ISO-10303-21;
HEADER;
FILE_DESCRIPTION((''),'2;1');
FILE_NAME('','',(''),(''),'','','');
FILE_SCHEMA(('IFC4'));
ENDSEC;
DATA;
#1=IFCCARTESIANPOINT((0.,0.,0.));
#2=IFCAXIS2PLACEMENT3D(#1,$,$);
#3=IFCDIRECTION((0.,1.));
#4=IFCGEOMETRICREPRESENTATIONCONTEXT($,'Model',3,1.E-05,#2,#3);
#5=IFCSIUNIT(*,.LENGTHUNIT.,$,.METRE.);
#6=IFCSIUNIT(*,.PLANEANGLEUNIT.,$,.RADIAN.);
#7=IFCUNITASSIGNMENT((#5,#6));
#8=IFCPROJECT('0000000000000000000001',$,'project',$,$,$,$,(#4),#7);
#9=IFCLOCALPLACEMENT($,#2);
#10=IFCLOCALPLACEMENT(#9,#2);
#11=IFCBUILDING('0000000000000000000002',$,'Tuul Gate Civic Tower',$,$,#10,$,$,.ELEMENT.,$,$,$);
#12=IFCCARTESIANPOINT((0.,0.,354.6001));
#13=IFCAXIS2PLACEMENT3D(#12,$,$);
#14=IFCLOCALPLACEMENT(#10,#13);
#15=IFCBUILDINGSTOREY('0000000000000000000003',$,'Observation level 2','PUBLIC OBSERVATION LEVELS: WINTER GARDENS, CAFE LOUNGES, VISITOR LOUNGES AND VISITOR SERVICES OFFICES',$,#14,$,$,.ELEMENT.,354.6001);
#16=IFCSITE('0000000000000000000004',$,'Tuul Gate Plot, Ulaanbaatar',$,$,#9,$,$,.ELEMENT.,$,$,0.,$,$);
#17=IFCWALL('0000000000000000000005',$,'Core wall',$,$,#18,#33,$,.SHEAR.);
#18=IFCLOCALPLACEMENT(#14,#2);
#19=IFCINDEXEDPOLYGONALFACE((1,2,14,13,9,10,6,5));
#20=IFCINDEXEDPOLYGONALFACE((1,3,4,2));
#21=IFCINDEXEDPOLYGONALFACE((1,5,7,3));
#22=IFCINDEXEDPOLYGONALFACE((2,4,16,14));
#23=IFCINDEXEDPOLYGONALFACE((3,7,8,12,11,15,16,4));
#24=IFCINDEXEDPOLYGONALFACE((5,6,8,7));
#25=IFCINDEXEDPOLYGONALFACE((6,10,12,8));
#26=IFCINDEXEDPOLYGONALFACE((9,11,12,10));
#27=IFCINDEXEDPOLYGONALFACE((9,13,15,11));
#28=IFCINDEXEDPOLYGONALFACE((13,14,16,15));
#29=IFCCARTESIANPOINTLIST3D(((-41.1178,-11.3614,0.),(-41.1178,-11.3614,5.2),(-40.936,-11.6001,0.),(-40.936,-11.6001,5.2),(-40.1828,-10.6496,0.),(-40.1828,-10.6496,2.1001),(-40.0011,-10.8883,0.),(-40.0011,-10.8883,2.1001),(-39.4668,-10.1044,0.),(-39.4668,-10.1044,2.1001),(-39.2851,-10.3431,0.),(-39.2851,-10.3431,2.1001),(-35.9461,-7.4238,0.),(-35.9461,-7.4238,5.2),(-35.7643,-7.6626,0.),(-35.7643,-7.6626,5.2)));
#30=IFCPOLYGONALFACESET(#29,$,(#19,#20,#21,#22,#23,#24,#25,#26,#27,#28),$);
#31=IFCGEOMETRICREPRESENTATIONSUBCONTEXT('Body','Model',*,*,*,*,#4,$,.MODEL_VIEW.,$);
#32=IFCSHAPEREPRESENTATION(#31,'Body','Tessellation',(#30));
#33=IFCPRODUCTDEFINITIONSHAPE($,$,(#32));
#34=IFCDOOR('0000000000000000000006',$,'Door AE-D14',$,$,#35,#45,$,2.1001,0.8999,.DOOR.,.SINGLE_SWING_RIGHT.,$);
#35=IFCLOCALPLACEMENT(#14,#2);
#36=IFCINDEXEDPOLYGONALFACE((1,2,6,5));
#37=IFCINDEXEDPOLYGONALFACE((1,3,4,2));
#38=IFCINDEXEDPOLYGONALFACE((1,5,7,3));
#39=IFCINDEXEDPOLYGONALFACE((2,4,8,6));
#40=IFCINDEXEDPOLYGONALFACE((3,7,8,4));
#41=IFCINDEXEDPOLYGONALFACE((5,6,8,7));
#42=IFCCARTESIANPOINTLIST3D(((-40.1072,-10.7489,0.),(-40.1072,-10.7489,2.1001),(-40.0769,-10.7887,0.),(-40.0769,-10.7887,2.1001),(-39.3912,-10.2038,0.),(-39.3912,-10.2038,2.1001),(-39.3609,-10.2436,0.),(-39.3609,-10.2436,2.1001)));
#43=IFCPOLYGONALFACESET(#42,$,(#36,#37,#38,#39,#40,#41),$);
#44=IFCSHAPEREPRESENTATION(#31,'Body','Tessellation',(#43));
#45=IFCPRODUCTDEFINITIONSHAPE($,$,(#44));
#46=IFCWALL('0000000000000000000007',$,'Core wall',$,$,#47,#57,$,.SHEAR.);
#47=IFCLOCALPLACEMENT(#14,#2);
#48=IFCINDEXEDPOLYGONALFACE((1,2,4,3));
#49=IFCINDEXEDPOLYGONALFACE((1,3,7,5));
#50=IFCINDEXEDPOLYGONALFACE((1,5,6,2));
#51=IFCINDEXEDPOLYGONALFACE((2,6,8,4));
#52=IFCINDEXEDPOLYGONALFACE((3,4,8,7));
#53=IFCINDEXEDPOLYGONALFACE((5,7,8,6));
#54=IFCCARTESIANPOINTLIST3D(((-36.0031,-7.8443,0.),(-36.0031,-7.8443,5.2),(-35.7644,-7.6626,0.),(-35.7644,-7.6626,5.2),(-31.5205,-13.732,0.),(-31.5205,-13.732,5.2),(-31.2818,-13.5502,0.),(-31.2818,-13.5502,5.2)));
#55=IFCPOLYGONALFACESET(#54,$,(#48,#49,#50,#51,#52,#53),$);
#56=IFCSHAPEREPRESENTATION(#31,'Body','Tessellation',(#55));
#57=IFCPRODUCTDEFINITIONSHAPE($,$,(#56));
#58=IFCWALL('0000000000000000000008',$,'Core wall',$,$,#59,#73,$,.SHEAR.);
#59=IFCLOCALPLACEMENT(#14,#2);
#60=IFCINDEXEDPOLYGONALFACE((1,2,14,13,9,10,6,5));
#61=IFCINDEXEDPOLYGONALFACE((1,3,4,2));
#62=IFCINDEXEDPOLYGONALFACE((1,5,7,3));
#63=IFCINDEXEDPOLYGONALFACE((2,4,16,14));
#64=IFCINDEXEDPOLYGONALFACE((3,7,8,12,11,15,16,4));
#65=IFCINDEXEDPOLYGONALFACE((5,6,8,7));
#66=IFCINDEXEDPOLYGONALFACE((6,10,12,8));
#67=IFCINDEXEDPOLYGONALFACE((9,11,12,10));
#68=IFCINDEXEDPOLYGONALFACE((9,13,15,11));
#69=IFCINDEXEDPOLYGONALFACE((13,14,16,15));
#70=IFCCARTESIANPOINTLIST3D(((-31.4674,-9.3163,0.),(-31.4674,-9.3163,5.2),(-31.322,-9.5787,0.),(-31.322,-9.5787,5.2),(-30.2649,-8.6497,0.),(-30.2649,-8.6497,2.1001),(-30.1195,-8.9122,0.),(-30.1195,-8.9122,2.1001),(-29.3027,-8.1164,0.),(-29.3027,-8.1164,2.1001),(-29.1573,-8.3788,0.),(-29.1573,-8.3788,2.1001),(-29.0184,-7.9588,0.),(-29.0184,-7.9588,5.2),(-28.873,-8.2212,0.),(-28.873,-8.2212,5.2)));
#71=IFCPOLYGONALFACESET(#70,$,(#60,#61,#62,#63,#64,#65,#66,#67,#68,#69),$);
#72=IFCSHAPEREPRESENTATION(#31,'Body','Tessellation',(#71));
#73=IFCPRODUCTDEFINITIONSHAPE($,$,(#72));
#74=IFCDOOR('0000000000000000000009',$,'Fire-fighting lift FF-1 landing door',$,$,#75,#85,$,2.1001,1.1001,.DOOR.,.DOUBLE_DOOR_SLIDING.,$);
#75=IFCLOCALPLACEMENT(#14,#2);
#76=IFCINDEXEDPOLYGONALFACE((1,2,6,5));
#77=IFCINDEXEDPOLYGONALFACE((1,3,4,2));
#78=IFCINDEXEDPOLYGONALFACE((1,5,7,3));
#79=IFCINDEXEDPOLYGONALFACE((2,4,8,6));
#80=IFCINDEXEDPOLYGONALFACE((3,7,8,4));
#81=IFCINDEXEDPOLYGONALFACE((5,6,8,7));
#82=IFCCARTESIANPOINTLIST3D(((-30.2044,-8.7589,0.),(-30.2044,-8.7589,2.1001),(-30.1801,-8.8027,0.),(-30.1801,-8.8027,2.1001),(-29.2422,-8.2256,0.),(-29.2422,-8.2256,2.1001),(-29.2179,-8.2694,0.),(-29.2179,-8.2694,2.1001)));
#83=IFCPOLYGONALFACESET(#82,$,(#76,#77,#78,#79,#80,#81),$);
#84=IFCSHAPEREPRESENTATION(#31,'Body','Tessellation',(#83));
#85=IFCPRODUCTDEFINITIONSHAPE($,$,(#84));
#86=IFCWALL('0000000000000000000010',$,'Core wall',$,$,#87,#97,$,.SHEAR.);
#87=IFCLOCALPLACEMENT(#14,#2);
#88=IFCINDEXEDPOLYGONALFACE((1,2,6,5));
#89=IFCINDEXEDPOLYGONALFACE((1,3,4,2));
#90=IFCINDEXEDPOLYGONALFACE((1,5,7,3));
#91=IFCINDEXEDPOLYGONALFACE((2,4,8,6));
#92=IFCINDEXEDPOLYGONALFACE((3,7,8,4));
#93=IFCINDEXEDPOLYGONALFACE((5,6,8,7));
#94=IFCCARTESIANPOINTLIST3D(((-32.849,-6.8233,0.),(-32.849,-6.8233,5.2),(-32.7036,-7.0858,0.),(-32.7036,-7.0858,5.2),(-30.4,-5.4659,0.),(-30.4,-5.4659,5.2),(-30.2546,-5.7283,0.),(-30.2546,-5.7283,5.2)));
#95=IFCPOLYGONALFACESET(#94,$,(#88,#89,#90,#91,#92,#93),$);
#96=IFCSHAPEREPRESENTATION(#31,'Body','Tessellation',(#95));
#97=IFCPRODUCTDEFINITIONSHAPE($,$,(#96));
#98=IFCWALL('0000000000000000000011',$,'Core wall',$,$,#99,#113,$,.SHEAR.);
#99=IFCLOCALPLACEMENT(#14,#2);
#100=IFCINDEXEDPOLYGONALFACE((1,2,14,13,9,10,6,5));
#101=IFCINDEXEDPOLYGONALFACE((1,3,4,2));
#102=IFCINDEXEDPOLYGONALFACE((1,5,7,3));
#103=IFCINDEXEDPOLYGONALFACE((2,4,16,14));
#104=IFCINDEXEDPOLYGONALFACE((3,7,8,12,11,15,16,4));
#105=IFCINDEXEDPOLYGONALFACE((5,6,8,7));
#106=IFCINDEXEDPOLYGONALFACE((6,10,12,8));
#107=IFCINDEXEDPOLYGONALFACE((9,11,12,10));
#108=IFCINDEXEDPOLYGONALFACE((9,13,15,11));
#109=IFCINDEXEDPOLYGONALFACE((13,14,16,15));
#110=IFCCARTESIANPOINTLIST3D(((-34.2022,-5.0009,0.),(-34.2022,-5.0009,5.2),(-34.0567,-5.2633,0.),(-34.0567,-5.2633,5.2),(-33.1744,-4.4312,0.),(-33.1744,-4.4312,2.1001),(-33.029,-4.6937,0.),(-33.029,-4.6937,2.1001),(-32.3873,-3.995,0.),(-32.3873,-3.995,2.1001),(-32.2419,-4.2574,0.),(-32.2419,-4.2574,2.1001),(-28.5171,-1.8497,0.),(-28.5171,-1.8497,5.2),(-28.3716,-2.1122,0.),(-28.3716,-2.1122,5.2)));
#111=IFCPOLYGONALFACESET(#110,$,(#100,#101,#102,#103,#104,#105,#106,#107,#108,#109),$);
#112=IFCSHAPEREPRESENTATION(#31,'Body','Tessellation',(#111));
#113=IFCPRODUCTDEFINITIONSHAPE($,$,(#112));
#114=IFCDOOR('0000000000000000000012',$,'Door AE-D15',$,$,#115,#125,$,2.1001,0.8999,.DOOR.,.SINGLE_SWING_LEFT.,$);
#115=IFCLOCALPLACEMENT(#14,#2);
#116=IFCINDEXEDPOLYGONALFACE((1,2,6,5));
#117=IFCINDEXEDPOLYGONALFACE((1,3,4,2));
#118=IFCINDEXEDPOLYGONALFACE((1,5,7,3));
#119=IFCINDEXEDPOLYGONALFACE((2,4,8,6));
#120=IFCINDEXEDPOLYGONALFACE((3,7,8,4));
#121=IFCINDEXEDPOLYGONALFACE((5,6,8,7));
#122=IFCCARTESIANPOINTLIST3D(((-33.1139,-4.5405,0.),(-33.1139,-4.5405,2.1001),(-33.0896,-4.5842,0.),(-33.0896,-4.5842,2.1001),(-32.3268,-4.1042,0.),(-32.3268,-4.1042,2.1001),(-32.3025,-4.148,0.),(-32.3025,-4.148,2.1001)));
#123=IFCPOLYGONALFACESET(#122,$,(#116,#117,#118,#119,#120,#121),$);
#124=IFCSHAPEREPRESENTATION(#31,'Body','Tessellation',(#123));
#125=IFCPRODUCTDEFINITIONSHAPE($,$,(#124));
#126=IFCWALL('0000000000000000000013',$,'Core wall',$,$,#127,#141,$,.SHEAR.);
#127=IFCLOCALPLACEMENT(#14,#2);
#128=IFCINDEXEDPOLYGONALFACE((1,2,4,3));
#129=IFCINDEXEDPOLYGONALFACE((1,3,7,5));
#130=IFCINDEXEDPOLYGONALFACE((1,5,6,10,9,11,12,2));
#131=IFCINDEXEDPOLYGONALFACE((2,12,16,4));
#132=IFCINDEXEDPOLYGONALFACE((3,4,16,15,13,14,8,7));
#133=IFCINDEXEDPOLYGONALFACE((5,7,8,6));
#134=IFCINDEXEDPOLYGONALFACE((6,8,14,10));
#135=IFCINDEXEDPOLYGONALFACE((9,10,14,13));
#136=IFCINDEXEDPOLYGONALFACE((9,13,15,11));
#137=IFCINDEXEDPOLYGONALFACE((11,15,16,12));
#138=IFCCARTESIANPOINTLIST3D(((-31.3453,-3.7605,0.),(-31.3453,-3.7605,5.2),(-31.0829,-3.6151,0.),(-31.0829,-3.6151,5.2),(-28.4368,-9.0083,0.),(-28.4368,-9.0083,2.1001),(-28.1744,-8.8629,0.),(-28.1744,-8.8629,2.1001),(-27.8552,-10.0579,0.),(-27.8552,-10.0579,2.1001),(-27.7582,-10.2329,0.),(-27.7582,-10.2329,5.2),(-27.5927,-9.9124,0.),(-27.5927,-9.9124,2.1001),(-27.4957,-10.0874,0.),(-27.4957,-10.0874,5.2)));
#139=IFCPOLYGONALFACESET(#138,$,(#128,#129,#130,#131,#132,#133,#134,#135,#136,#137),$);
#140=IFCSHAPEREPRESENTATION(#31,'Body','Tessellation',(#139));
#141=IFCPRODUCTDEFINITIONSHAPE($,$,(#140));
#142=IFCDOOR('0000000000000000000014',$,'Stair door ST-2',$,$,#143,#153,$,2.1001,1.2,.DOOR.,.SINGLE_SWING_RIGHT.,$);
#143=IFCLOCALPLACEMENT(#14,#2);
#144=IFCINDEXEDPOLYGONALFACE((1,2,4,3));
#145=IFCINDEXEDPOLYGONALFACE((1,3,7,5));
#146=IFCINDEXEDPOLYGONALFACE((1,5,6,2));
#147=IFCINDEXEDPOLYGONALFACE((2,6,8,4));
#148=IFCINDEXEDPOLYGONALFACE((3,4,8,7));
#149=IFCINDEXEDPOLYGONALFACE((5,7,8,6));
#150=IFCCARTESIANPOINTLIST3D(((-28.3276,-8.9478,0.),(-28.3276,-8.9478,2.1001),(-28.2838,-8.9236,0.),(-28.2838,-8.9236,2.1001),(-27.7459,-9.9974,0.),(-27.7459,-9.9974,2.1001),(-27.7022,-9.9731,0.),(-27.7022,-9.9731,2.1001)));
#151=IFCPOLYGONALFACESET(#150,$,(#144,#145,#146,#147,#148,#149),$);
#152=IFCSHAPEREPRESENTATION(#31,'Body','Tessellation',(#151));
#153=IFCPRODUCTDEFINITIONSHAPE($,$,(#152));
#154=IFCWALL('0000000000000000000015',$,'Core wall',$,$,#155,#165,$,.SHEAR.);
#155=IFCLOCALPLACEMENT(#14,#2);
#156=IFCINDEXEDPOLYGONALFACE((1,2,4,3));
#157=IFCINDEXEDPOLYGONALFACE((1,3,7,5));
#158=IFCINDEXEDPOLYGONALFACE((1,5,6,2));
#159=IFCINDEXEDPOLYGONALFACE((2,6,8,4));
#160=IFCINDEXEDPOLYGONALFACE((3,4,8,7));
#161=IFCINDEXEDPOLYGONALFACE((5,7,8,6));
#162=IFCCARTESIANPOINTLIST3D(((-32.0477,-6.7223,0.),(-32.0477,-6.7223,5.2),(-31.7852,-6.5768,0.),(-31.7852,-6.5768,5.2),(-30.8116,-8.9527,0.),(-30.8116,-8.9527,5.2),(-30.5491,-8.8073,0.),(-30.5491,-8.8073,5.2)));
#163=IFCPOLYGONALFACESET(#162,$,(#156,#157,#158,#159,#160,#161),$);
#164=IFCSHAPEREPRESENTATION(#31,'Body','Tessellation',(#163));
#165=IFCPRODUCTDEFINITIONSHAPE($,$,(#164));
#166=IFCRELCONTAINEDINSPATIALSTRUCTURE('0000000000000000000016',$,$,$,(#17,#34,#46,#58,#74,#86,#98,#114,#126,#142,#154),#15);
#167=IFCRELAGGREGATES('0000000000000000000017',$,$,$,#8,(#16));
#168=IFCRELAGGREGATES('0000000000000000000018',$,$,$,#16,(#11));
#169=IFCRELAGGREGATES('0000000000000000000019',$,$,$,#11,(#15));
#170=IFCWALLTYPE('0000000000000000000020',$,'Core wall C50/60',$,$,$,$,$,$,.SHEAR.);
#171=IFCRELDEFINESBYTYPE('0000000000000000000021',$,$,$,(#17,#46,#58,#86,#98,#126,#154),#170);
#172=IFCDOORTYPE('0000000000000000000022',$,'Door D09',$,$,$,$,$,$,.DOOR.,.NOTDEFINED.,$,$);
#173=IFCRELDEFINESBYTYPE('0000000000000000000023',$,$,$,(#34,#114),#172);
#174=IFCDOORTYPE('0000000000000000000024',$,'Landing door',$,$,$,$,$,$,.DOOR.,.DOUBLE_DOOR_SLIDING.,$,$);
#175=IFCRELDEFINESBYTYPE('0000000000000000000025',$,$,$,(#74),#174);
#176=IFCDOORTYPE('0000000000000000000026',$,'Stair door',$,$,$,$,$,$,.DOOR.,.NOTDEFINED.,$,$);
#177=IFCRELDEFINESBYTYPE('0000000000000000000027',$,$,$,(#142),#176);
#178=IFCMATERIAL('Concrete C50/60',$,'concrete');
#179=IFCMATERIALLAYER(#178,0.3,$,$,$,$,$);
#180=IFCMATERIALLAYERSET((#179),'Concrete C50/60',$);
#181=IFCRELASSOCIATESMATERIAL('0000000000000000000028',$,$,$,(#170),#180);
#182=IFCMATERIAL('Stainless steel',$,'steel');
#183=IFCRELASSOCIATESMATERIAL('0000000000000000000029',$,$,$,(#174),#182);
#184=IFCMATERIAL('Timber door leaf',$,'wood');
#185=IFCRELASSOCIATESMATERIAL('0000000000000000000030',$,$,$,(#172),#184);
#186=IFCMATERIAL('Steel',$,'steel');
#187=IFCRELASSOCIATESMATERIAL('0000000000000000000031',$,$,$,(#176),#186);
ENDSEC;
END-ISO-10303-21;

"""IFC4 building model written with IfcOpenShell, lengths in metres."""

from ifc_helpers import new_model, si_unit, direction, frame, frame_2d, origin, place, context, subcontext, project, spatial, rectangle, extrude, material, layer, layer_set, type_object, element, fill, save


model = new_model("IFC4")

# Units and contexts
model_context = context("Model", 3, precision=1e-05, world=origin(), true_north=direction((0.0, 1.0)))
body_context = subcontext(model_context, "Body", "Model", "MODEL_VIEW")
ifc_project = project(units=[si_unit("LENGTHUNIT", "METRE"), si_unit("PLANEANGLEUNIT", "RADIAN")], contexts=[model_context])

# Site, building, storey
site_placement = place(None, origin())
site = spatial("IfcSite", under=ifc_project, at=site_placement, Name="Tuul Gate Plot, Ulaanbaatar", CompositionType="ELEMENT", RefElevation=0.0)
building_placement = place(site_placement, origin())
building = spatial("IfcBuilding", under=site, at=building_placement, Name="Tuul Gate Civic Tower", CompositionType="ELEMENT")
storey_placement = place(building_placement, frame((0.0, 0.0, 354.6001)))
storey = spatial("IfcBuildingStorey", under=building, at=storey_placement, Name="Observation level 2", Description="PUBLIC OBSERVATION LEVELS: WINTER GARDENS, CAFE LOUNGES, VISITOR LOUNGES AND VISITOR SERVICES OFFICES", CompositionType="ELEMENT", Elevation=354.6001)

# Shared definitions
ifc_material_1 = material(Name="Concrete C50/60", Category="concrete")
ifc_layer_1 = layer(ifc_material_1, 0.3)
ifc_layer_set_1 = layer_set([ifc_layer_1], Name="Concrete C50/60")
wall_type_1 = type_object("IfcWallType", Name="Core wall C50/60", PredefinedType="SHEAR", material=ifc_layer_set_1)
ifc_material_2 = material(Name="Stainless steel", Category="steel")
door_type_1 = type_object("IfcDoorType", Name="Landing door", OperationType="DOUBLE_DOOR_SLIDING", PredefinedType="DOOR", material=ifc_material_2)

# Wall, opening, door
wall_1_placement = place(storey_placement, frame((-35.8552, -7.5432, 0.0), z_axis=(0.0, 0.0, 1.0), x_axis=(-0.795639, -0.605772, 0.0)))
wall_1 = element("IfcWall", 1, at=wall_1_placement, inside=storey, type_object=wall_type_1, Name="Core wall", PredefinedType="SHEAR", context=body_context, shape_type="SweptSolid", body=[
    extrude(rectangle(XDim=6.5, YDim=0.3, at=frame_2d((3.25, 0.0))), origin(), (0.0, 0.0, 1.0), 5.2),
])
opening_1_placement = place(wall_1_placement, frame((4.425, 0.0, 0.0)))
opening_1 = element("IfcOpeningElement", 2, at=opening_1_placement, cuts=wall_1, PredefinedType="OPENING", context=body_context, shape_type="SweptSolid", body=[
    extrude(rectangle(XDim=0.8999, YDim=2.1001, at=frame_2d((0.45, 1.05))), frame((0.0, 0.1602, 0.0), z_axis=(0.0, -1.0, 0.0), x_axis=(1.0, 0.0, 0.0)), (0.0, 0.0, 1.0), 0.3201),
])
ifc_material_3 = material(Name="Timber door leaf", Category="wood")
door_type_2 = type_object("IfcDoorType", Name="Door D09", OperationType="NOTDEFINED", PredefinedType="DOOR", material=ifc_material_3)
door_1_placement = place(opening_1_placement, origin())
door_1 = element("IfcDoor", 3, at=door_1_placement, inside=storey, type_object=door_type_2, Name="Door AE-D14", OperationType="SINGLE_SWING_RIGHT", OverallHeight=2.1001, OverallWidth=0.8999, PredefinedType="DOOR", context=body_context, shape_type="SweptSolid", body=[
    extrude(rectangle(XDim=0.8999, YDim=2.1001, at=frame_2d((0.45, 1.05))), frame((0.0, 0.0249, 0.0), z_axis=(0.0, -1.0, 0.0), x_axis=(1.0, 0.0, 0.0)), (0.0, 0.0, 1.0), 0.05),
])
fill(opening_1, door_1)

# Wall
wall_2_placement = place(storey_placement, frame((-31.4011, -13.6411, 0.0), z_axis=(0.0, 0.0, 1.0), x_axis=(-0.60577, 0.79564, 0.0)))
element("IfcWall", 4, at=wall_2_placement, inside=storey, type_object=wall_type_1, Name="Core wall", PredefinedType="SHEAR", context=body_context, shape_type="SweptSolid", body=[
    extrude(rectangle(XDim=7.3999, YDim=0.3, at=frame_2d((3.7, 0.0))), origin(), (0.0, 0.0, 1.0), 5.2),
])

# Wall, opening, door
wall_3_placement = place(storey_placement, frame((-28.9458, -8.0901, 0.0), z_axis=(0.0, 0.0, 1.0), x_axis=(-0.87463, -0.484791, 0.0)))
wall_3 = element("IfcWall", 5, at=wall_3_placement, inside=storey, type_object=wall_type_1, Name="Core wall", PredefinedType="SHEAR", context=body_context, shape_type="SweptSolid", body=[
    extrude(rectangle(XDim=2.8, YDim=0.3, at=frame_2d((1.3999, 0.0))), origin(), (0.0, 0.0, 1.0), 5.2),
])
opening_2_placement = place(wall_3_placement, frame((0.325, 0.0, 0.0)))
opening_2 = element("IfcOpeningElement", 6, at=opening_2_placement, cuts=wall_3, PredefinedType="OPENING", context=body_context, shape_type="SweptSolid", body=[
    extrude(rectangle(XDim=1.1001, YDim=2.1001, at=frame_2d((0.55, 1.05))), frame((0.0, 0.1602, 0.0), z_axis=(0.0, -1.0, 0.0), x_axis=(1.0, 0.0, 0.0)), (0.0, 0.0, 1.0), 0.3201),
])
door_2_placement = place(opening_2_placement, origin())
door_2 = element("IfcDoor", 7, at=door_2_placement, inside=storey, type_object=door_type_1, Name="Fire-fighting lift FF-1 landing door", OperationType="DOUBLE_DOOR_SLIDING", OverallHeight=2.1001, OverallWidth=1.1001, PredefinedType="DOOR", context=body_context, shape_type="SweptSolid", body=[
    extrude(rectangle(XDim=1.1001, YDim=2.1001, at=frame_2d((0.55, 1.05))), frame((0.0, 0.0249, 0.0), z_axis=(0.0, -1.0, 0.0), x_axis=(1.0, 0.0, 0.0)), (0.0, 0.0, 1.0), 0.05),
])
fill(opening_2, door_2)

# Wall
wall_4_placement = place(storey_placement, frame((-30.3274, -5.5972, 0.0), z_axis=(0.0, 0.0, 1.0), x_axis=(-0.87463, -0.484791, 0.0)))
element("IfcWall", 8, at=wall_4_placement, inside=storey, type_object=wall_type_1, Name="Core wall", PredefinedType="SHEAR", context=body_context, shape_type="SweptSolid", body=[
    extrude(rectangle(XDim=2.8, YDim=0.3, at=frame_2d((1.3999, 0.0))), origin(), (0.0, 0.0, 1.0), 5.2),
])

# Walls, openings, doors
wall_5_placement = place(storey_placement, frame((-28.4443, -1.981, 0.0), z_axis=(0.0, 0.0, 1.0), x_axis=(-0.87463, -0.484791, 0.0)))
wall_5 = element("IfcWall", 9, at=wall_5_placement, inside=storey, type_object=wall_type_1, Name="Core wall", PredefinedType="SHEAR", context=body_context, shape_type="SweptSolid", body=[
    extrude(rectangle(XDim=6.5, YDim=0.3, at=frame_2d((3.25, 0.0))), origin(), (0.0, 0.0, 1.0), 5.2),
])
opening_3_placement = place(wall_5_placement, frame((4.425, 0.0, 0.0)))
opening_3 = element("IfcOpeningElement", 10, at=opening_3_placement, cuts=wall_5, PredefinedType="OPENING", context=body_context, shape_type="SweptSolid", body=[
    extrude(rectangle(XDim=0.8999, YDim=2.1001, at=frame_2d((0.45, 1.05))), frame((0.0, 0.1602, 0.0), z_axis=(0.0, -1.0, 0.0), x_axis=(1.0, 0.0, 0.0)), (0.0, 0.0, 1.0), 0.3201),
])
door_3_placement = place(opening_3_placement, origin())
door_3 = element("IfcDoor", 11, at=door_3_placement, inside=storey, type_object=door_type_2, Name="Door AE-D15", OperationType="SINGLE_SWING_LEFT", OverallHeight=2.1001, OverallWidth=0.8999, PredefinedType="DOOR", context=body_context, shape_type="SweptSolid", body=[
    extrude(rectangle(XDim=0.8999, YDim=2.1001, at=frame_2d((0.45, 1.05))), frame((0.0, 0.0249, 0.0), z_axis=(0.0, -1.0, 0.0), x_axis=(1.0, 0.0, 0.0)), (0.0, 0.0, 1.0), 0.05),
])
fill(opening_3, door_3)
wall_6_placement = place(storey_placement, frame((-27.627, -10.1602, 0.0), z_axis=(0.0, 0.0, 1.0), x_axis=(-0.484752, 0.874652, 0.0)))
wall_6 = element("IfcWall", 12, at=wall_6_placement, inside=storey, type_object=wall_type_1, Name="Core wall", PredefinedType="SHEAR", context=body_context, shape_type="SweptSolid", body=[
    extrude(rectangle(XDim=7.3999, YDim=0.3, at=frame_2d((3.7, 0.0))), origin(), (0.0, 0.0, 1.0), 5.2),
])
opening_4_placement = place(wall_6_placement, frame((0.2, 0.0, 0.0)))
opening_4 = element("IfcOpeningElement", 13, at=opening_4_placement, cuts=wall_6, PredefinedType="OPENING", context=body_context, shape_type="SweptSolid", body=[
    extrude(rectangle(XDim=1.2, YDim=2.1001, at=frame_2d((0.6001, 1.05))), frame((0.0, 0.1602, 0.0), z_axis=(0.0, -1.0, 0.0), x_axis=(1.0, 0.0, 0.0)), (0.0, 0.0, 1.0), 0.3201),
])
ifc_material_4 = material(Name="Steel", Category="steel")
door_type_3 = type_object("IfcDoorType", Name="Stair door", OperationType="NOTDEFINED", PredefinedType="DOOR", material=ifc_material_4)
door_4_placement = place(opening_4_placement, frame((1.2, 0.0, 0.0), z_axis=(0.0, 0.0, 1.0), x_axis=(-1.0, 0.0, 0.0)))
door_4 = element("IfcDoor", 14, at=door_4_placement, inside=storey, type_object=door_type_3, Name="Stair door ST-2", OperationType="SINGLE_SWING_RIGHT", OverallHeight=2.1001, OverallWidth=1.2, PredefinedType="DOOR", context=body_context, shape_type="SweptSolid", body=[
    extrude(rectangle(XDim=1.2, YDim=2.1001, at=frame_2d((0.5999, 1.05))), frame((0.0, 0.0249, 0.0), z_axis=(0.0, -1.0, 0.0), x_axis=(1.0, 0.0, 0.0)), (0.0, 0.0, 1.0), 0.05),
])
fill(opening_4, door_4)

# Wall
wall_7_placement = place(storey_placement, frame((-30.6804, -8.8799, 0.0), z_axis=(0.0, 0.0, 1.0), x_axis=(-0.484724, 0.874667, 0.0)))
element("IfcWall", 15, at=wall_7_placement, inside=storey, type_object=wall_type_1, Name="Core wall", PredefinedType="SHEAR", context=body_context, shape_type="SweptSolid", body=[
    extrude(rectangle(XDim=2.55, YDim=0.3, at=frame_2d((1.2749, 0.0))), origin(), (0.0, 0.0, 1.0), 5.2),
])

save(model, "model.ifc")
